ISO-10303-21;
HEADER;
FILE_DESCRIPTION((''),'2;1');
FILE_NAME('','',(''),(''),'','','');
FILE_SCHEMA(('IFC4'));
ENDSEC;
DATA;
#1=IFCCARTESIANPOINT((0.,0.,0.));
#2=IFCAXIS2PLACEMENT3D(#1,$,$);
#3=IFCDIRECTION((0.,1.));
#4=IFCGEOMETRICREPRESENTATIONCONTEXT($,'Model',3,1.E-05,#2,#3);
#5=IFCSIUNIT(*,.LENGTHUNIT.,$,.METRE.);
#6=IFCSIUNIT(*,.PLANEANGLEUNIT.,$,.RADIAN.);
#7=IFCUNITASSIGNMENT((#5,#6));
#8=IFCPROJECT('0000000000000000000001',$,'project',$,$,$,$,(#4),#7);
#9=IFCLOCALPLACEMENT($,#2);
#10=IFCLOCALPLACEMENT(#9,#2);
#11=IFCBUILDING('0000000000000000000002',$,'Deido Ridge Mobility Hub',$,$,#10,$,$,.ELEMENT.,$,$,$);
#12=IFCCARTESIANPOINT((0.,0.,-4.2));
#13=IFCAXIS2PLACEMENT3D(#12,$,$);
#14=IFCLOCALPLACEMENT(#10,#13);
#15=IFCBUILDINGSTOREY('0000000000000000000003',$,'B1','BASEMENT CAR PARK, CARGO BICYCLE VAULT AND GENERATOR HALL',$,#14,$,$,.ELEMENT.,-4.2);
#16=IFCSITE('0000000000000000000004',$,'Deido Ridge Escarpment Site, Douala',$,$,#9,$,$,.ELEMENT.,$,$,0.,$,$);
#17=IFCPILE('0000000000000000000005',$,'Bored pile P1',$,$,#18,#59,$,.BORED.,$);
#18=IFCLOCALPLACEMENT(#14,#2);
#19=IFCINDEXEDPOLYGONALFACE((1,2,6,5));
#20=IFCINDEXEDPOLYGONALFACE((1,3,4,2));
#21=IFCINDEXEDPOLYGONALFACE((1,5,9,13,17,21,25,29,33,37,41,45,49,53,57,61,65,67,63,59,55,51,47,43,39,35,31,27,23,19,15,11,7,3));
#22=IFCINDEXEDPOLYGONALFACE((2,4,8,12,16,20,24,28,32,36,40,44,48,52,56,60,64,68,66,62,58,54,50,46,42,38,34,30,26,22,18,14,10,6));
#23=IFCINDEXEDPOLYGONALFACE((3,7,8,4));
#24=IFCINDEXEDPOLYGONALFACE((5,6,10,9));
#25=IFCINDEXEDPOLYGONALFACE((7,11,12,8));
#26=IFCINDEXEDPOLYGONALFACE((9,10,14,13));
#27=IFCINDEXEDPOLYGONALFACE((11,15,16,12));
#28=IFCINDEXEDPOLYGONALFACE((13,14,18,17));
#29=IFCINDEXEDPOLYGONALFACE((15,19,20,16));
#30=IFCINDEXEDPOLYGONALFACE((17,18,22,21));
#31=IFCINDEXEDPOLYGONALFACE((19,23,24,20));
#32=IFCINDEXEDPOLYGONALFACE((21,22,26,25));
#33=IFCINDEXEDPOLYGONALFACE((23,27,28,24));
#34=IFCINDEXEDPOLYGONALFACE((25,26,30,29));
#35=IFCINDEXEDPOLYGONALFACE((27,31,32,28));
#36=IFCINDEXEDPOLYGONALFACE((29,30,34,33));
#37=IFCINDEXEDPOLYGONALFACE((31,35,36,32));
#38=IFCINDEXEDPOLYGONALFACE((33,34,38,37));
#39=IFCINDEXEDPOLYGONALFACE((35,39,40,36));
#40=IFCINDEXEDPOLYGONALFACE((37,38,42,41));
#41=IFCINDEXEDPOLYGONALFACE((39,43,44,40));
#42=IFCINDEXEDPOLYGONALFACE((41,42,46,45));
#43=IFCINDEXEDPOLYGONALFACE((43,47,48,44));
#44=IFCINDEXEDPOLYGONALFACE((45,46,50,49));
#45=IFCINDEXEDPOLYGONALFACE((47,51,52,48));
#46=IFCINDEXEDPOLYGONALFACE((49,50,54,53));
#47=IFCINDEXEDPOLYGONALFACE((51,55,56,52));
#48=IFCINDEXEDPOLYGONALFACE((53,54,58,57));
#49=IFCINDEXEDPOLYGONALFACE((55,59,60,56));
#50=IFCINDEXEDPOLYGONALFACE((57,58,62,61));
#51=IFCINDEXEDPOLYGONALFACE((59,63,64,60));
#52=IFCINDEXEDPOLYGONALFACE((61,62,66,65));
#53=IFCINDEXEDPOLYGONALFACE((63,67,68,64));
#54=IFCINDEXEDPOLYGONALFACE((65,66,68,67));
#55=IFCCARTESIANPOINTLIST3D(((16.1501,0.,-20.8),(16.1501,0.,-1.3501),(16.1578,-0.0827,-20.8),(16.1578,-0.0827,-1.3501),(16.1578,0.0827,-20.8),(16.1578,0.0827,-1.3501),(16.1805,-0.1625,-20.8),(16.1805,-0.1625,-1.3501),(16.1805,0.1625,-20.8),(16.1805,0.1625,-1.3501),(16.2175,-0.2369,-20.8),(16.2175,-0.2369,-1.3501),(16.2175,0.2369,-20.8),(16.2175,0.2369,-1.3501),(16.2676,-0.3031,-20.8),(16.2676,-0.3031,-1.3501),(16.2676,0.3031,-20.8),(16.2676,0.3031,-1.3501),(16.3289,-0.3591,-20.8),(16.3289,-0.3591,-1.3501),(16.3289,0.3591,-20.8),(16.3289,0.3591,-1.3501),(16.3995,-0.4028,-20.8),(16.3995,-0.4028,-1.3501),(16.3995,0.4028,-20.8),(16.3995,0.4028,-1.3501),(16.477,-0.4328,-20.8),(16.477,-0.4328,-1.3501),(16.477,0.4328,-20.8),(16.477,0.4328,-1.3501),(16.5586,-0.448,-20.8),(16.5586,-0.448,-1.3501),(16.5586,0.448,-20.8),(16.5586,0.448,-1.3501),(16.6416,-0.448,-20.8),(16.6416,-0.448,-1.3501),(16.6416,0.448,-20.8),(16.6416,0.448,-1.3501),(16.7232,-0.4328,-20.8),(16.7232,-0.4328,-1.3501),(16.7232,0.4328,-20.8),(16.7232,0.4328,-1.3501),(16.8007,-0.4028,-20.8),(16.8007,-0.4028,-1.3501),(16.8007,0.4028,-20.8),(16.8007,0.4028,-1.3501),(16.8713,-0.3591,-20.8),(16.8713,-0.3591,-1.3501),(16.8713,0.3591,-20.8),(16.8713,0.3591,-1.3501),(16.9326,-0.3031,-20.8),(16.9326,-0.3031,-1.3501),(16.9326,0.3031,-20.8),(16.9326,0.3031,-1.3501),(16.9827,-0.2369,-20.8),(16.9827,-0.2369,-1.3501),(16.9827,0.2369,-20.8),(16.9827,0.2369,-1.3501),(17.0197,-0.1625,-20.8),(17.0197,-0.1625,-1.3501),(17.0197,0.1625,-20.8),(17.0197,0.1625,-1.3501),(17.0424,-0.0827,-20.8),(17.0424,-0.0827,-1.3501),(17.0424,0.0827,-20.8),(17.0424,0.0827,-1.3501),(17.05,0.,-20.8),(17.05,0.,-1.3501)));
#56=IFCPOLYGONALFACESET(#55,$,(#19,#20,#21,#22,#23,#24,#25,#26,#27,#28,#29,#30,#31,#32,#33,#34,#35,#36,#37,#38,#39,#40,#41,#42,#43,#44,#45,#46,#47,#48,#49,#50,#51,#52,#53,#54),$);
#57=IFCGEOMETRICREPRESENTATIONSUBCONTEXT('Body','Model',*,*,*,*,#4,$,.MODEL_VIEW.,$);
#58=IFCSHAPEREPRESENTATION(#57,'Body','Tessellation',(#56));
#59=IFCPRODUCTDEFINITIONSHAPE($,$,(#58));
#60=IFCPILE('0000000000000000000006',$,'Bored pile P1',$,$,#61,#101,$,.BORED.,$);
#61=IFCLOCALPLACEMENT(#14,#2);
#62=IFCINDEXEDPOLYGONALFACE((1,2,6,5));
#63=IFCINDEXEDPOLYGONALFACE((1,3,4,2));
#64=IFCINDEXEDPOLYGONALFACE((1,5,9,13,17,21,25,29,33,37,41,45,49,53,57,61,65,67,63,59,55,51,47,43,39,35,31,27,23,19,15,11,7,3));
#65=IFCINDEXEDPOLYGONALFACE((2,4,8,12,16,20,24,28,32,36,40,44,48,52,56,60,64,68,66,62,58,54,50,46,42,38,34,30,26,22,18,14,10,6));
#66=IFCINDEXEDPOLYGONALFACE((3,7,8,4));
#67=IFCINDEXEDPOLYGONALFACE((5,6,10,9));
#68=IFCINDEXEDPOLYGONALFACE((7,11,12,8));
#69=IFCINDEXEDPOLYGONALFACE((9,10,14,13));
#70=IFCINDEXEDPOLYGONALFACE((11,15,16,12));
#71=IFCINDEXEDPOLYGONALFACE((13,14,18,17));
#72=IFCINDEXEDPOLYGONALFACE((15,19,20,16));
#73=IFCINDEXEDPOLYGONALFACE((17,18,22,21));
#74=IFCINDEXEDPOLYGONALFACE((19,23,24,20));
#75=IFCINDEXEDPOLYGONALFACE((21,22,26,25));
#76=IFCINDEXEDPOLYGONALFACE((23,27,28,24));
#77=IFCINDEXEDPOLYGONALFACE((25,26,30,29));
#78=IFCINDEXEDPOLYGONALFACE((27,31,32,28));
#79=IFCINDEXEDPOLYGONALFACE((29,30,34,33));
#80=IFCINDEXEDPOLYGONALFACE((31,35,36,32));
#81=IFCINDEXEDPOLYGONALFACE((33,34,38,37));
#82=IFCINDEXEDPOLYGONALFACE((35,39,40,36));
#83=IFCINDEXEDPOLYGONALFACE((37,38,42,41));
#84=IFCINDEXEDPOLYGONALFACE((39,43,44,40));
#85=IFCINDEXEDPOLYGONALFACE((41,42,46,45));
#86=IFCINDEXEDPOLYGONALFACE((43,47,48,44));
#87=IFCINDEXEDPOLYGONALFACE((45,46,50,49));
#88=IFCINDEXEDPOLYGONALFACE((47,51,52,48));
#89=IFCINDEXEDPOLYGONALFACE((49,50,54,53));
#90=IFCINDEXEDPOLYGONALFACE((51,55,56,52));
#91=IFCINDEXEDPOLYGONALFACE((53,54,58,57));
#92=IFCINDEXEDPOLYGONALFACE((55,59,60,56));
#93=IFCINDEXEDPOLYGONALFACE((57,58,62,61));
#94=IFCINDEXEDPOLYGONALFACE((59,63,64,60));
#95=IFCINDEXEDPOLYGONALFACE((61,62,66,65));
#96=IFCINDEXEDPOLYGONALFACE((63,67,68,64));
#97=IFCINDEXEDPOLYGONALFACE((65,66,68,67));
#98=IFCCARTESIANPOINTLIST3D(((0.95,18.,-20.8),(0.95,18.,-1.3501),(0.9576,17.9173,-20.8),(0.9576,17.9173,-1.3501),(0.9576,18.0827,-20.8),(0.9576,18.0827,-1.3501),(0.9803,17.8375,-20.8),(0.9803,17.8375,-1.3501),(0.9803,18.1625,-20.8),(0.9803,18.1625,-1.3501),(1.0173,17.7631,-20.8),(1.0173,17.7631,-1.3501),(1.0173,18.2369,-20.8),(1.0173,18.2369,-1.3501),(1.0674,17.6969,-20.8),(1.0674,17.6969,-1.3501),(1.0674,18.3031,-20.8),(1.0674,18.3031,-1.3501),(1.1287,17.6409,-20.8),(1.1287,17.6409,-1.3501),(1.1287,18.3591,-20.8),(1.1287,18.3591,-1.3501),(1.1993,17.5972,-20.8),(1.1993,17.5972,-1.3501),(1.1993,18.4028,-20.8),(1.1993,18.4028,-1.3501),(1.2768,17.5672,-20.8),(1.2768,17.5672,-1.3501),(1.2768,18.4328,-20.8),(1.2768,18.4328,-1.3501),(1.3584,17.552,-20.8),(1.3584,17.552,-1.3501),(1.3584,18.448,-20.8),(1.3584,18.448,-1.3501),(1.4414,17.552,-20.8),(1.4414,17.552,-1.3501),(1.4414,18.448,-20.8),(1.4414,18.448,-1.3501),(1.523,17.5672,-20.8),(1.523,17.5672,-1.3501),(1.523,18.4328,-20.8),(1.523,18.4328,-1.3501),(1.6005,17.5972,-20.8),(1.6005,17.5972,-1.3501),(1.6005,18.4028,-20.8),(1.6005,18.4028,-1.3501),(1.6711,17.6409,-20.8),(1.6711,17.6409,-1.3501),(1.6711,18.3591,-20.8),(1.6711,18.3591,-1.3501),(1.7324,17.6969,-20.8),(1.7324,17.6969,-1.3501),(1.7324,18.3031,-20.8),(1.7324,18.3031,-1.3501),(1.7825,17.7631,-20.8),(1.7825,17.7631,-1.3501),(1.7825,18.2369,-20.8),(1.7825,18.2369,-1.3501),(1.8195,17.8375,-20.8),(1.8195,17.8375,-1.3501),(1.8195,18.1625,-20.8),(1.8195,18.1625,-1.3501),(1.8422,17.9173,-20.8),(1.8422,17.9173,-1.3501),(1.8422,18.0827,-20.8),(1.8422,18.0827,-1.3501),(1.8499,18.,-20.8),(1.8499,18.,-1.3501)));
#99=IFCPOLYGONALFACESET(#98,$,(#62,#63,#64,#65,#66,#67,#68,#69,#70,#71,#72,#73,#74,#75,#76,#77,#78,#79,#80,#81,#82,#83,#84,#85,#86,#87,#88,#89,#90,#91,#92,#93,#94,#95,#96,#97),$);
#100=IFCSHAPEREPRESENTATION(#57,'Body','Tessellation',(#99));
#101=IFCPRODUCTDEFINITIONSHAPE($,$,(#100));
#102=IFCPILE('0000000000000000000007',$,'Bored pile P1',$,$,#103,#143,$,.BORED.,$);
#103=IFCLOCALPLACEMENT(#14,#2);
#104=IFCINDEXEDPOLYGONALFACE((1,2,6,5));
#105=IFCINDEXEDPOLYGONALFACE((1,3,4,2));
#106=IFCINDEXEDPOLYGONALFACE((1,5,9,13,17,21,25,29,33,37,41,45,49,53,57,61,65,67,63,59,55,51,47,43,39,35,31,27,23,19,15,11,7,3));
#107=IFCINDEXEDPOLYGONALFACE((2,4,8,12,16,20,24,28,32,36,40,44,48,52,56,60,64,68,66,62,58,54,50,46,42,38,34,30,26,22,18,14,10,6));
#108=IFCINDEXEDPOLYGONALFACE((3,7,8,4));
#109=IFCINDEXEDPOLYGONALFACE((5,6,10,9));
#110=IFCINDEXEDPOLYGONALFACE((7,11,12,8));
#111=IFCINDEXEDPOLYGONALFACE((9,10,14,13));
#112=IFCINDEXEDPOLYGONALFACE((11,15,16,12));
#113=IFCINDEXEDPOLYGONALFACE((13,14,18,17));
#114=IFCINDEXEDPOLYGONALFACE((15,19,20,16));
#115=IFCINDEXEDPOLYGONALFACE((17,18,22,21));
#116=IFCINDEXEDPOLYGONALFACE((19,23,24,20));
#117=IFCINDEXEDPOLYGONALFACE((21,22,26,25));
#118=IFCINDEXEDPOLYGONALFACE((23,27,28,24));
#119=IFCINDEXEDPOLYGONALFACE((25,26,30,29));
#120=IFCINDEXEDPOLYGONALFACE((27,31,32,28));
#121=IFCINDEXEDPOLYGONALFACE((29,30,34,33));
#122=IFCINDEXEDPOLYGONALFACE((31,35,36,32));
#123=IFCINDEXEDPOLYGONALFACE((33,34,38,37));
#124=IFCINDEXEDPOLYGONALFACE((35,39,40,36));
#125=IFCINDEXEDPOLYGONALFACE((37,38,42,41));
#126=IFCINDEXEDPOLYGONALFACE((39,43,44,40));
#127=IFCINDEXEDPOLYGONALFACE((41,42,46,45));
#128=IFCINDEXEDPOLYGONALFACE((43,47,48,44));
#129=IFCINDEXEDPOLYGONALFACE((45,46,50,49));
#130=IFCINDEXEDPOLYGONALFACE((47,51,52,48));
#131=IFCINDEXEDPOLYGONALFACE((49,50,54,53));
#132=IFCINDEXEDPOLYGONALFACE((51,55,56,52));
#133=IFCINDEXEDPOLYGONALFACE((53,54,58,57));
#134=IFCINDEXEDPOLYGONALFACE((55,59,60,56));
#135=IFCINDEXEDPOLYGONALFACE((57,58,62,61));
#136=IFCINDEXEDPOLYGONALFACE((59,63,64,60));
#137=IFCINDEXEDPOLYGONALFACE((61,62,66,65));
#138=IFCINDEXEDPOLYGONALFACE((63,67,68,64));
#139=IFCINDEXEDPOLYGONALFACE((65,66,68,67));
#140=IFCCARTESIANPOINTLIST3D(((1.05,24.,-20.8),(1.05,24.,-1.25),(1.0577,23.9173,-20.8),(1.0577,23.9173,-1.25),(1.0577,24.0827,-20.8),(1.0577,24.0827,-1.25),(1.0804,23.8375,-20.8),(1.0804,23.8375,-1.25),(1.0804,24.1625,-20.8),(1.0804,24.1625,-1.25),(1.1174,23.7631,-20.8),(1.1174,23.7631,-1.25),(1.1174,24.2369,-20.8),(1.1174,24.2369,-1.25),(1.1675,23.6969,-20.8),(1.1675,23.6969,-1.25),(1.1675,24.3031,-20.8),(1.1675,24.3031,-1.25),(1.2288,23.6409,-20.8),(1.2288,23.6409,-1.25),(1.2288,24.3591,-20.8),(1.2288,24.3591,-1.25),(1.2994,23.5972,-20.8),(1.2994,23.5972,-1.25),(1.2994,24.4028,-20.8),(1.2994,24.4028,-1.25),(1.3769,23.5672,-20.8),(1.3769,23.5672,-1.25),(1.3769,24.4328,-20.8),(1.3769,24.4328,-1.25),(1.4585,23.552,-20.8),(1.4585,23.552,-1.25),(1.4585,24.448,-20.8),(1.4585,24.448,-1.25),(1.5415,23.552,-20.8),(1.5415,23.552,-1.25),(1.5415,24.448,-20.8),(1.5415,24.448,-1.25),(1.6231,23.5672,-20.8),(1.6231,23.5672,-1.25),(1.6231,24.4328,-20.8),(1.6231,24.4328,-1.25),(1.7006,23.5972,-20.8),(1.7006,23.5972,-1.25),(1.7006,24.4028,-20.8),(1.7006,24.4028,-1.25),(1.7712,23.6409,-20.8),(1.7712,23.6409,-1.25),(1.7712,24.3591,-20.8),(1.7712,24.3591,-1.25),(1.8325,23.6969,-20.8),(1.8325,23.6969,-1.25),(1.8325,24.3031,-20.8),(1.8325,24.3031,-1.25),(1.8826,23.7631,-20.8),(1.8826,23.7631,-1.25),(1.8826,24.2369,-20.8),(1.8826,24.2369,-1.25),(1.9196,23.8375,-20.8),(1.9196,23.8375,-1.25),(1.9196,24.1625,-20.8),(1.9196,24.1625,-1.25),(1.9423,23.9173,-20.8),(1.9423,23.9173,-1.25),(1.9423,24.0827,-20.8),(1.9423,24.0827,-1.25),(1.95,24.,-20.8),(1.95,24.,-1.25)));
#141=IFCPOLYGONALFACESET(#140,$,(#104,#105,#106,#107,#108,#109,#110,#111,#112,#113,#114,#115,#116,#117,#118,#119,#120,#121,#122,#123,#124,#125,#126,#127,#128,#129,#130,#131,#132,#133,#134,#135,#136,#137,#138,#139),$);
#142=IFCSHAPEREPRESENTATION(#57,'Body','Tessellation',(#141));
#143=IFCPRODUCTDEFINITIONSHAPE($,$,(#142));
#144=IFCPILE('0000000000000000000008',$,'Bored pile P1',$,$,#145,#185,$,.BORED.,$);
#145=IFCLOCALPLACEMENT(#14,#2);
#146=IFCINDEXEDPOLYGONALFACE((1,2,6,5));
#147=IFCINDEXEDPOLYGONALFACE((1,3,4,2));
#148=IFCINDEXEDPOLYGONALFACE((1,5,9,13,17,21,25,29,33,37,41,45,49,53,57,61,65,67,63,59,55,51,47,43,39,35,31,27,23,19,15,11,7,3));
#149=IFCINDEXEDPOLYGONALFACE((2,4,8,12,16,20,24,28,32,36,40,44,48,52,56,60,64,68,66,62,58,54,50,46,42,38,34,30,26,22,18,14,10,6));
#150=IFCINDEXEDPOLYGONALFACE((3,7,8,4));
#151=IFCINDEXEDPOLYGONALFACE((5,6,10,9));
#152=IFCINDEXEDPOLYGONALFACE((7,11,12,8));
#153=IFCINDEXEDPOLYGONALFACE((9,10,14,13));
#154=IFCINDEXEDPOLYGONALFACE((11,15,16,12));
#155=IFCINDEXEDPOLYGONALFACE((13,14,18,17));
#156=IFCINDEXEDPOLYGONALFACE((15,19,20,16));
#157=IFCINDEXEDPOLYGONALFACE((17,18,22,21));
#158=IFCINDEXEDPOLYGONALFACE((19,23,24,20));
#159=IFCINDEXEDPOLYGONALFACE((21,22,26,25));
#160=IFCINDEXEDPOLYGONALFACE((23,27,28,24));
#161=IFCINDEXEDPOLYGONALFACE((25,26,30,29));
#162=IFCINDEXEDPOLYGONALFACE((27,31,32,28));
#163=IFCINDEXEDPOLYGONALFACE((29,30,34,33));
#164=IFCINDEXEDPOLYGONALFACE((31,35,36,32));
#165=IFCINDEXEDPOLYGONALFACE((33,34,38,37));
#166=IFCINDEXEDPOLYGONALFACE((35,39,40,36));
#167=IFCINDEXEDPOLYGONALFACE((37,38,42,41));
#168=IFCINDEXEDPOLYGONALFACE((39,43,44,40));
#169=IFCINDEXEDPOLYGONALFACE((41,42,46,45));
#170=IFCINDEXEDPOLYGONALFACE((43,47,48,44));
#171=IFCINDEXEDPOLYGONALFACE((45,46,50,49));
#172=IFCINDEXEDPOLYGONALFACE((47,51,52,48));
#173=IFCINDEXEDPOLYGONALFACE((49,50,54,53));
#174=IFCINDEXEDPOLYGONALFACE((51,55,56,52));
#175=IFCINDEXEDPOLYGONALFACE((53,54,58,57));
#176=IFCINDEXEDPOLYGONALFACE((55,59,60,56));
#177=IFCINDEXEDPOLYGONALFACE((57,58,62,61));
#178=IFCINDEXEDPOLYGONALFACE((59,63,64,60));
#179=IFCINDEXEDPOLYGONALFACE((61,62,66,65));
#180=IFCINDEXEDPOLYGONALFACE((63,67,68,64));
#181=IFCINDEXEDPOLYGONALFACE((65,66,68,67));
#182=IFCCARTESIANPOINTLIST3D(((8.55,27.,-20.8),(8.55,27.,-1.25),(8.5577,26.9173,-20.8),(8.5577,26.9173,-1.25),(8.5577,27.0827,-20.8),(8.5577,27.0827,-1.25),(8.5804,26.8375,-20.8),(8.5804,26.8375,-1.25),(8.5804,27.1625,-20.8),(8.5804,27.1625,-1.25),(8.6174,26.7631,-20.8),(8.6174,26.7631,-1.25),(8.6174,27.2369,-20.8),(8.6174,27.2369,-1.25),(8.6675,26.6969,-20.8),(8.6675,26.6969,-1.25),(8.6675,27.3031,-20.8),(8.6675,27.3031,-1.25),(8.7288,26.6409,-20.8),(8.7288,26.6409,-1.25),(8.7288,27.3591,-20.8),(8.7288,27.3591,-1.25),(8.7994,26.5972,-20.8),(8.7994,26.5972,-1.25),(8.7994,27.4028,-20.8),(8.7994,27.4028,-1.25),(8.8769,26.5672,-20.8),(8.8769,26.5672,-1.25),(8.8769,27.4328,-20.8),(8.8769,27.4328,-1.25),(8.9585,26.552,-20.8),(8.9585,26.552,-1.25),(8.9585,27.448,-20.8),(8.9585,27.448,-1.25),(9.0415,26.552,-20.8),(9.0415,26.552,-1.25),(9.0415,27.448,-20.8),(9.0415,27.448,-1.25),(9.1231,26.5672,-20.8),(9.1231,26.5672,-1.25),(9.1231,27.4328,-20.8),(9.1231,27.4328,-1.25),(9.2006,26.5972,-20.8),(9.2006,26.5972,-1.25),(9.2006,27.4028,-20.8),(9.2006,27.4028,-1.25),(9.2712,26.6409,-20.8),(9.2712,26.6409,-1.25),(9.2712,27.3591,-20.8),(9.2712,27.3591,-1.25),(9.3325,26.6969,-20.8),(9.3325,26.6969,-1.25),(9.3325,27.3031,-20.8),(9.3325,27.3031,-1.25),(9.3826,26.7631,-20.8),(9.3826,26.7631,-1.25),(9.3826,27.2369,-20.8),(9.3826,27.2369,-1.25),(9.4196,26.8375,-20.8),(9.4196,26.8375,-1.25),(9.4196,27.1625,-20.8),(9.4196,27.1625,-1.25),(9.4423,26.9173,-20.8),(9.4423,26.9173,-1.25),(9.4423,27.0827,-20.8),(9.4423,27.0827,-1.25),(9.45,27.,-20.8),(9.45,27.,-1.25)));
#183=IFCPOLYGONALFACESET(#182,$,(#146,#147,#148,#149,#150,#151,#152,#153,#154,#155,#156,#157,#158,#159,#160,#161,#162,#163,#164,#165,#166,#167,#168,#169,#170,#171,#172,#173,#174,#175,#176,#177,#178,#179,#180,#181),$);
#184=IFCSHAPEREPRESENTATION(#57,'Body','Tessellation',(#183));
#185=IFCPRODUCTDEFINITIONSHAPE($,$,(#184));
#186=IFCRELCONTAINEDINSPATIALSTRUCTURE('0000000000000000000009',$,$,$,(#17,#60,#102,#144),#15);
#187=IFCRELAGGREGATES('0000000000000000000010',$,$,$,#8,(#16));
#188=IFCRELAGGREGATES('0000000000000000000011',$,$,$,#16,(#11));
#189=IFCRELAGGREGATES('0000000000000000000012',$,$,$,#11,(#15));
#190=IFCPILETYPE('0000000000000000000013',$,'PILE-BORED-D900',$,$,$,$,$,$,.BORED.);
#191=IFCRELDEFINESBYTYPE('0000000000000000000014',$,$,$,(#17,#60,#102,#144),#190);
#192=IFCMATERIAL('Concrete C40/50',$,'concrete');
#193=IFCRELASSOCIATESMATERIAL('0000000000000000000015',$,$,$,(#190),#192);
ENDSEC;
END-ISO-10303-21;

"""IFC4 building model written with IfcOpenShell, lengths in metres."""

from ifc_helpers import new_model, si_unit, direction, frame, origin, origin_2d, place, context, subcontext, project, spatial, circle, extrude, material, material_profile, profile_set, type_object, element, save


model = new_model("IFC4")

# Units and contexts
model_context = context("Model", 3, precision=1e-05, world=origin(), true_north=direction((0.0, 1.0)))
body_context = subcontext(model_context, "Body", "Model", "MODEL_VIEW")
ifc_project = project(units=[si_unit("LENGTHUNIT", "METRE"), si_unit("PLANEANGLEUNIT", "RADIAN")], contexts=[model_context])

# Site, building, storey
site_placement = place(None, origin())
site = spatial("IfcSite", under=ifc_project, at=site_placement, Name="Deido Ridge Escarpment Site, Douala", CompositionType="ELEMENT", RefElevation=0.0)
building_placement = place(site_placement, origin())
building = spatial("IfcBuilding", under=site, at=building_placement, Name="Deido Ridge Mobility Hub", CompositionType="ELEMENT")
storey_placement = place(building_placement, frame((0.0, 0.0, -4.2)))
storey = spatial("IfcBuildingStorey", under=building, at=storey_placement, Name="B1", Description="BASEMENT CAR PARK, CARGO BICYCLE VAULT AND GENERATOR HALL", CompositionType="ELEMENT", Elevation=-4.2)

# Shared definitions
ifc_material_1 = material(Name="Concrete C40/50", Category="concrete")

# Piles
ifc_material_profile_1 = material_profile(ifc_material_1, circle(Radius=0.45, at=origin_2d()), Name="BORED PILE D900")
ifc_profile_set_1 = profile_set([ifc_material_profile_1], Name="Concrete C40/50")
pile_type = type_object("IfcPileType", Name="PILE-BORED-D900", PredefinedType="BORED", material=ifc_profile_set_1)
for number, where, z_axis, x_axis, name in (
    (1, (16.6001, 0.0, -1.3501), (0.0, 0.0, -1.0), (1.0, 0.0, 0.0), "Bored pile P1"),
    (2, (1.3999, 18.0, -1.3501), (0.0, 0.0, -1.0), (1.0, 0.0, 0.0), "Bored pile P1"),
):
    element("IfcPile", number, at=place(storey_placement, frame(where, z_axis=z_axis, x_axis=x_axis)), inside=storey, type_object=pile_type, Name=name, PredefinedType="BORED", context=body_context, shape_type="SweptSolid", body=[
        extrude(circle(Radius=0.45, at=origin_2d()), origin(), (0.0, 0.0, 1.0), 19.45),
    ])
for number, where, z_axis, x_axis, name in (
    (3, (1.5, 24.0, -1.25), (0.0, 0.0, -1.0), (1.0, 0.0, 0.0), "Bored pile P1"),
    (4, (9.0, 27.0, -1.25), (0.0, 0.0, -1.0), (1.0, 0.0, 0.0), "Bored pile P1"),
):
    element("IfcPile", number, at=place(storey_placement, frame(where, z_axis=z_axis, x_axis=x_axis)), inside=storey, type_object=pile_type, Name=name, PredefinedType="BORED", context=body_context, shape_type="SweptSolid", body=[
        extrude(circle(Radius=0.45, at=origin_2d()), origin(), (0.0, 0.0, 1.0), 19.55),
    ])

save(model, "model.ifc")
